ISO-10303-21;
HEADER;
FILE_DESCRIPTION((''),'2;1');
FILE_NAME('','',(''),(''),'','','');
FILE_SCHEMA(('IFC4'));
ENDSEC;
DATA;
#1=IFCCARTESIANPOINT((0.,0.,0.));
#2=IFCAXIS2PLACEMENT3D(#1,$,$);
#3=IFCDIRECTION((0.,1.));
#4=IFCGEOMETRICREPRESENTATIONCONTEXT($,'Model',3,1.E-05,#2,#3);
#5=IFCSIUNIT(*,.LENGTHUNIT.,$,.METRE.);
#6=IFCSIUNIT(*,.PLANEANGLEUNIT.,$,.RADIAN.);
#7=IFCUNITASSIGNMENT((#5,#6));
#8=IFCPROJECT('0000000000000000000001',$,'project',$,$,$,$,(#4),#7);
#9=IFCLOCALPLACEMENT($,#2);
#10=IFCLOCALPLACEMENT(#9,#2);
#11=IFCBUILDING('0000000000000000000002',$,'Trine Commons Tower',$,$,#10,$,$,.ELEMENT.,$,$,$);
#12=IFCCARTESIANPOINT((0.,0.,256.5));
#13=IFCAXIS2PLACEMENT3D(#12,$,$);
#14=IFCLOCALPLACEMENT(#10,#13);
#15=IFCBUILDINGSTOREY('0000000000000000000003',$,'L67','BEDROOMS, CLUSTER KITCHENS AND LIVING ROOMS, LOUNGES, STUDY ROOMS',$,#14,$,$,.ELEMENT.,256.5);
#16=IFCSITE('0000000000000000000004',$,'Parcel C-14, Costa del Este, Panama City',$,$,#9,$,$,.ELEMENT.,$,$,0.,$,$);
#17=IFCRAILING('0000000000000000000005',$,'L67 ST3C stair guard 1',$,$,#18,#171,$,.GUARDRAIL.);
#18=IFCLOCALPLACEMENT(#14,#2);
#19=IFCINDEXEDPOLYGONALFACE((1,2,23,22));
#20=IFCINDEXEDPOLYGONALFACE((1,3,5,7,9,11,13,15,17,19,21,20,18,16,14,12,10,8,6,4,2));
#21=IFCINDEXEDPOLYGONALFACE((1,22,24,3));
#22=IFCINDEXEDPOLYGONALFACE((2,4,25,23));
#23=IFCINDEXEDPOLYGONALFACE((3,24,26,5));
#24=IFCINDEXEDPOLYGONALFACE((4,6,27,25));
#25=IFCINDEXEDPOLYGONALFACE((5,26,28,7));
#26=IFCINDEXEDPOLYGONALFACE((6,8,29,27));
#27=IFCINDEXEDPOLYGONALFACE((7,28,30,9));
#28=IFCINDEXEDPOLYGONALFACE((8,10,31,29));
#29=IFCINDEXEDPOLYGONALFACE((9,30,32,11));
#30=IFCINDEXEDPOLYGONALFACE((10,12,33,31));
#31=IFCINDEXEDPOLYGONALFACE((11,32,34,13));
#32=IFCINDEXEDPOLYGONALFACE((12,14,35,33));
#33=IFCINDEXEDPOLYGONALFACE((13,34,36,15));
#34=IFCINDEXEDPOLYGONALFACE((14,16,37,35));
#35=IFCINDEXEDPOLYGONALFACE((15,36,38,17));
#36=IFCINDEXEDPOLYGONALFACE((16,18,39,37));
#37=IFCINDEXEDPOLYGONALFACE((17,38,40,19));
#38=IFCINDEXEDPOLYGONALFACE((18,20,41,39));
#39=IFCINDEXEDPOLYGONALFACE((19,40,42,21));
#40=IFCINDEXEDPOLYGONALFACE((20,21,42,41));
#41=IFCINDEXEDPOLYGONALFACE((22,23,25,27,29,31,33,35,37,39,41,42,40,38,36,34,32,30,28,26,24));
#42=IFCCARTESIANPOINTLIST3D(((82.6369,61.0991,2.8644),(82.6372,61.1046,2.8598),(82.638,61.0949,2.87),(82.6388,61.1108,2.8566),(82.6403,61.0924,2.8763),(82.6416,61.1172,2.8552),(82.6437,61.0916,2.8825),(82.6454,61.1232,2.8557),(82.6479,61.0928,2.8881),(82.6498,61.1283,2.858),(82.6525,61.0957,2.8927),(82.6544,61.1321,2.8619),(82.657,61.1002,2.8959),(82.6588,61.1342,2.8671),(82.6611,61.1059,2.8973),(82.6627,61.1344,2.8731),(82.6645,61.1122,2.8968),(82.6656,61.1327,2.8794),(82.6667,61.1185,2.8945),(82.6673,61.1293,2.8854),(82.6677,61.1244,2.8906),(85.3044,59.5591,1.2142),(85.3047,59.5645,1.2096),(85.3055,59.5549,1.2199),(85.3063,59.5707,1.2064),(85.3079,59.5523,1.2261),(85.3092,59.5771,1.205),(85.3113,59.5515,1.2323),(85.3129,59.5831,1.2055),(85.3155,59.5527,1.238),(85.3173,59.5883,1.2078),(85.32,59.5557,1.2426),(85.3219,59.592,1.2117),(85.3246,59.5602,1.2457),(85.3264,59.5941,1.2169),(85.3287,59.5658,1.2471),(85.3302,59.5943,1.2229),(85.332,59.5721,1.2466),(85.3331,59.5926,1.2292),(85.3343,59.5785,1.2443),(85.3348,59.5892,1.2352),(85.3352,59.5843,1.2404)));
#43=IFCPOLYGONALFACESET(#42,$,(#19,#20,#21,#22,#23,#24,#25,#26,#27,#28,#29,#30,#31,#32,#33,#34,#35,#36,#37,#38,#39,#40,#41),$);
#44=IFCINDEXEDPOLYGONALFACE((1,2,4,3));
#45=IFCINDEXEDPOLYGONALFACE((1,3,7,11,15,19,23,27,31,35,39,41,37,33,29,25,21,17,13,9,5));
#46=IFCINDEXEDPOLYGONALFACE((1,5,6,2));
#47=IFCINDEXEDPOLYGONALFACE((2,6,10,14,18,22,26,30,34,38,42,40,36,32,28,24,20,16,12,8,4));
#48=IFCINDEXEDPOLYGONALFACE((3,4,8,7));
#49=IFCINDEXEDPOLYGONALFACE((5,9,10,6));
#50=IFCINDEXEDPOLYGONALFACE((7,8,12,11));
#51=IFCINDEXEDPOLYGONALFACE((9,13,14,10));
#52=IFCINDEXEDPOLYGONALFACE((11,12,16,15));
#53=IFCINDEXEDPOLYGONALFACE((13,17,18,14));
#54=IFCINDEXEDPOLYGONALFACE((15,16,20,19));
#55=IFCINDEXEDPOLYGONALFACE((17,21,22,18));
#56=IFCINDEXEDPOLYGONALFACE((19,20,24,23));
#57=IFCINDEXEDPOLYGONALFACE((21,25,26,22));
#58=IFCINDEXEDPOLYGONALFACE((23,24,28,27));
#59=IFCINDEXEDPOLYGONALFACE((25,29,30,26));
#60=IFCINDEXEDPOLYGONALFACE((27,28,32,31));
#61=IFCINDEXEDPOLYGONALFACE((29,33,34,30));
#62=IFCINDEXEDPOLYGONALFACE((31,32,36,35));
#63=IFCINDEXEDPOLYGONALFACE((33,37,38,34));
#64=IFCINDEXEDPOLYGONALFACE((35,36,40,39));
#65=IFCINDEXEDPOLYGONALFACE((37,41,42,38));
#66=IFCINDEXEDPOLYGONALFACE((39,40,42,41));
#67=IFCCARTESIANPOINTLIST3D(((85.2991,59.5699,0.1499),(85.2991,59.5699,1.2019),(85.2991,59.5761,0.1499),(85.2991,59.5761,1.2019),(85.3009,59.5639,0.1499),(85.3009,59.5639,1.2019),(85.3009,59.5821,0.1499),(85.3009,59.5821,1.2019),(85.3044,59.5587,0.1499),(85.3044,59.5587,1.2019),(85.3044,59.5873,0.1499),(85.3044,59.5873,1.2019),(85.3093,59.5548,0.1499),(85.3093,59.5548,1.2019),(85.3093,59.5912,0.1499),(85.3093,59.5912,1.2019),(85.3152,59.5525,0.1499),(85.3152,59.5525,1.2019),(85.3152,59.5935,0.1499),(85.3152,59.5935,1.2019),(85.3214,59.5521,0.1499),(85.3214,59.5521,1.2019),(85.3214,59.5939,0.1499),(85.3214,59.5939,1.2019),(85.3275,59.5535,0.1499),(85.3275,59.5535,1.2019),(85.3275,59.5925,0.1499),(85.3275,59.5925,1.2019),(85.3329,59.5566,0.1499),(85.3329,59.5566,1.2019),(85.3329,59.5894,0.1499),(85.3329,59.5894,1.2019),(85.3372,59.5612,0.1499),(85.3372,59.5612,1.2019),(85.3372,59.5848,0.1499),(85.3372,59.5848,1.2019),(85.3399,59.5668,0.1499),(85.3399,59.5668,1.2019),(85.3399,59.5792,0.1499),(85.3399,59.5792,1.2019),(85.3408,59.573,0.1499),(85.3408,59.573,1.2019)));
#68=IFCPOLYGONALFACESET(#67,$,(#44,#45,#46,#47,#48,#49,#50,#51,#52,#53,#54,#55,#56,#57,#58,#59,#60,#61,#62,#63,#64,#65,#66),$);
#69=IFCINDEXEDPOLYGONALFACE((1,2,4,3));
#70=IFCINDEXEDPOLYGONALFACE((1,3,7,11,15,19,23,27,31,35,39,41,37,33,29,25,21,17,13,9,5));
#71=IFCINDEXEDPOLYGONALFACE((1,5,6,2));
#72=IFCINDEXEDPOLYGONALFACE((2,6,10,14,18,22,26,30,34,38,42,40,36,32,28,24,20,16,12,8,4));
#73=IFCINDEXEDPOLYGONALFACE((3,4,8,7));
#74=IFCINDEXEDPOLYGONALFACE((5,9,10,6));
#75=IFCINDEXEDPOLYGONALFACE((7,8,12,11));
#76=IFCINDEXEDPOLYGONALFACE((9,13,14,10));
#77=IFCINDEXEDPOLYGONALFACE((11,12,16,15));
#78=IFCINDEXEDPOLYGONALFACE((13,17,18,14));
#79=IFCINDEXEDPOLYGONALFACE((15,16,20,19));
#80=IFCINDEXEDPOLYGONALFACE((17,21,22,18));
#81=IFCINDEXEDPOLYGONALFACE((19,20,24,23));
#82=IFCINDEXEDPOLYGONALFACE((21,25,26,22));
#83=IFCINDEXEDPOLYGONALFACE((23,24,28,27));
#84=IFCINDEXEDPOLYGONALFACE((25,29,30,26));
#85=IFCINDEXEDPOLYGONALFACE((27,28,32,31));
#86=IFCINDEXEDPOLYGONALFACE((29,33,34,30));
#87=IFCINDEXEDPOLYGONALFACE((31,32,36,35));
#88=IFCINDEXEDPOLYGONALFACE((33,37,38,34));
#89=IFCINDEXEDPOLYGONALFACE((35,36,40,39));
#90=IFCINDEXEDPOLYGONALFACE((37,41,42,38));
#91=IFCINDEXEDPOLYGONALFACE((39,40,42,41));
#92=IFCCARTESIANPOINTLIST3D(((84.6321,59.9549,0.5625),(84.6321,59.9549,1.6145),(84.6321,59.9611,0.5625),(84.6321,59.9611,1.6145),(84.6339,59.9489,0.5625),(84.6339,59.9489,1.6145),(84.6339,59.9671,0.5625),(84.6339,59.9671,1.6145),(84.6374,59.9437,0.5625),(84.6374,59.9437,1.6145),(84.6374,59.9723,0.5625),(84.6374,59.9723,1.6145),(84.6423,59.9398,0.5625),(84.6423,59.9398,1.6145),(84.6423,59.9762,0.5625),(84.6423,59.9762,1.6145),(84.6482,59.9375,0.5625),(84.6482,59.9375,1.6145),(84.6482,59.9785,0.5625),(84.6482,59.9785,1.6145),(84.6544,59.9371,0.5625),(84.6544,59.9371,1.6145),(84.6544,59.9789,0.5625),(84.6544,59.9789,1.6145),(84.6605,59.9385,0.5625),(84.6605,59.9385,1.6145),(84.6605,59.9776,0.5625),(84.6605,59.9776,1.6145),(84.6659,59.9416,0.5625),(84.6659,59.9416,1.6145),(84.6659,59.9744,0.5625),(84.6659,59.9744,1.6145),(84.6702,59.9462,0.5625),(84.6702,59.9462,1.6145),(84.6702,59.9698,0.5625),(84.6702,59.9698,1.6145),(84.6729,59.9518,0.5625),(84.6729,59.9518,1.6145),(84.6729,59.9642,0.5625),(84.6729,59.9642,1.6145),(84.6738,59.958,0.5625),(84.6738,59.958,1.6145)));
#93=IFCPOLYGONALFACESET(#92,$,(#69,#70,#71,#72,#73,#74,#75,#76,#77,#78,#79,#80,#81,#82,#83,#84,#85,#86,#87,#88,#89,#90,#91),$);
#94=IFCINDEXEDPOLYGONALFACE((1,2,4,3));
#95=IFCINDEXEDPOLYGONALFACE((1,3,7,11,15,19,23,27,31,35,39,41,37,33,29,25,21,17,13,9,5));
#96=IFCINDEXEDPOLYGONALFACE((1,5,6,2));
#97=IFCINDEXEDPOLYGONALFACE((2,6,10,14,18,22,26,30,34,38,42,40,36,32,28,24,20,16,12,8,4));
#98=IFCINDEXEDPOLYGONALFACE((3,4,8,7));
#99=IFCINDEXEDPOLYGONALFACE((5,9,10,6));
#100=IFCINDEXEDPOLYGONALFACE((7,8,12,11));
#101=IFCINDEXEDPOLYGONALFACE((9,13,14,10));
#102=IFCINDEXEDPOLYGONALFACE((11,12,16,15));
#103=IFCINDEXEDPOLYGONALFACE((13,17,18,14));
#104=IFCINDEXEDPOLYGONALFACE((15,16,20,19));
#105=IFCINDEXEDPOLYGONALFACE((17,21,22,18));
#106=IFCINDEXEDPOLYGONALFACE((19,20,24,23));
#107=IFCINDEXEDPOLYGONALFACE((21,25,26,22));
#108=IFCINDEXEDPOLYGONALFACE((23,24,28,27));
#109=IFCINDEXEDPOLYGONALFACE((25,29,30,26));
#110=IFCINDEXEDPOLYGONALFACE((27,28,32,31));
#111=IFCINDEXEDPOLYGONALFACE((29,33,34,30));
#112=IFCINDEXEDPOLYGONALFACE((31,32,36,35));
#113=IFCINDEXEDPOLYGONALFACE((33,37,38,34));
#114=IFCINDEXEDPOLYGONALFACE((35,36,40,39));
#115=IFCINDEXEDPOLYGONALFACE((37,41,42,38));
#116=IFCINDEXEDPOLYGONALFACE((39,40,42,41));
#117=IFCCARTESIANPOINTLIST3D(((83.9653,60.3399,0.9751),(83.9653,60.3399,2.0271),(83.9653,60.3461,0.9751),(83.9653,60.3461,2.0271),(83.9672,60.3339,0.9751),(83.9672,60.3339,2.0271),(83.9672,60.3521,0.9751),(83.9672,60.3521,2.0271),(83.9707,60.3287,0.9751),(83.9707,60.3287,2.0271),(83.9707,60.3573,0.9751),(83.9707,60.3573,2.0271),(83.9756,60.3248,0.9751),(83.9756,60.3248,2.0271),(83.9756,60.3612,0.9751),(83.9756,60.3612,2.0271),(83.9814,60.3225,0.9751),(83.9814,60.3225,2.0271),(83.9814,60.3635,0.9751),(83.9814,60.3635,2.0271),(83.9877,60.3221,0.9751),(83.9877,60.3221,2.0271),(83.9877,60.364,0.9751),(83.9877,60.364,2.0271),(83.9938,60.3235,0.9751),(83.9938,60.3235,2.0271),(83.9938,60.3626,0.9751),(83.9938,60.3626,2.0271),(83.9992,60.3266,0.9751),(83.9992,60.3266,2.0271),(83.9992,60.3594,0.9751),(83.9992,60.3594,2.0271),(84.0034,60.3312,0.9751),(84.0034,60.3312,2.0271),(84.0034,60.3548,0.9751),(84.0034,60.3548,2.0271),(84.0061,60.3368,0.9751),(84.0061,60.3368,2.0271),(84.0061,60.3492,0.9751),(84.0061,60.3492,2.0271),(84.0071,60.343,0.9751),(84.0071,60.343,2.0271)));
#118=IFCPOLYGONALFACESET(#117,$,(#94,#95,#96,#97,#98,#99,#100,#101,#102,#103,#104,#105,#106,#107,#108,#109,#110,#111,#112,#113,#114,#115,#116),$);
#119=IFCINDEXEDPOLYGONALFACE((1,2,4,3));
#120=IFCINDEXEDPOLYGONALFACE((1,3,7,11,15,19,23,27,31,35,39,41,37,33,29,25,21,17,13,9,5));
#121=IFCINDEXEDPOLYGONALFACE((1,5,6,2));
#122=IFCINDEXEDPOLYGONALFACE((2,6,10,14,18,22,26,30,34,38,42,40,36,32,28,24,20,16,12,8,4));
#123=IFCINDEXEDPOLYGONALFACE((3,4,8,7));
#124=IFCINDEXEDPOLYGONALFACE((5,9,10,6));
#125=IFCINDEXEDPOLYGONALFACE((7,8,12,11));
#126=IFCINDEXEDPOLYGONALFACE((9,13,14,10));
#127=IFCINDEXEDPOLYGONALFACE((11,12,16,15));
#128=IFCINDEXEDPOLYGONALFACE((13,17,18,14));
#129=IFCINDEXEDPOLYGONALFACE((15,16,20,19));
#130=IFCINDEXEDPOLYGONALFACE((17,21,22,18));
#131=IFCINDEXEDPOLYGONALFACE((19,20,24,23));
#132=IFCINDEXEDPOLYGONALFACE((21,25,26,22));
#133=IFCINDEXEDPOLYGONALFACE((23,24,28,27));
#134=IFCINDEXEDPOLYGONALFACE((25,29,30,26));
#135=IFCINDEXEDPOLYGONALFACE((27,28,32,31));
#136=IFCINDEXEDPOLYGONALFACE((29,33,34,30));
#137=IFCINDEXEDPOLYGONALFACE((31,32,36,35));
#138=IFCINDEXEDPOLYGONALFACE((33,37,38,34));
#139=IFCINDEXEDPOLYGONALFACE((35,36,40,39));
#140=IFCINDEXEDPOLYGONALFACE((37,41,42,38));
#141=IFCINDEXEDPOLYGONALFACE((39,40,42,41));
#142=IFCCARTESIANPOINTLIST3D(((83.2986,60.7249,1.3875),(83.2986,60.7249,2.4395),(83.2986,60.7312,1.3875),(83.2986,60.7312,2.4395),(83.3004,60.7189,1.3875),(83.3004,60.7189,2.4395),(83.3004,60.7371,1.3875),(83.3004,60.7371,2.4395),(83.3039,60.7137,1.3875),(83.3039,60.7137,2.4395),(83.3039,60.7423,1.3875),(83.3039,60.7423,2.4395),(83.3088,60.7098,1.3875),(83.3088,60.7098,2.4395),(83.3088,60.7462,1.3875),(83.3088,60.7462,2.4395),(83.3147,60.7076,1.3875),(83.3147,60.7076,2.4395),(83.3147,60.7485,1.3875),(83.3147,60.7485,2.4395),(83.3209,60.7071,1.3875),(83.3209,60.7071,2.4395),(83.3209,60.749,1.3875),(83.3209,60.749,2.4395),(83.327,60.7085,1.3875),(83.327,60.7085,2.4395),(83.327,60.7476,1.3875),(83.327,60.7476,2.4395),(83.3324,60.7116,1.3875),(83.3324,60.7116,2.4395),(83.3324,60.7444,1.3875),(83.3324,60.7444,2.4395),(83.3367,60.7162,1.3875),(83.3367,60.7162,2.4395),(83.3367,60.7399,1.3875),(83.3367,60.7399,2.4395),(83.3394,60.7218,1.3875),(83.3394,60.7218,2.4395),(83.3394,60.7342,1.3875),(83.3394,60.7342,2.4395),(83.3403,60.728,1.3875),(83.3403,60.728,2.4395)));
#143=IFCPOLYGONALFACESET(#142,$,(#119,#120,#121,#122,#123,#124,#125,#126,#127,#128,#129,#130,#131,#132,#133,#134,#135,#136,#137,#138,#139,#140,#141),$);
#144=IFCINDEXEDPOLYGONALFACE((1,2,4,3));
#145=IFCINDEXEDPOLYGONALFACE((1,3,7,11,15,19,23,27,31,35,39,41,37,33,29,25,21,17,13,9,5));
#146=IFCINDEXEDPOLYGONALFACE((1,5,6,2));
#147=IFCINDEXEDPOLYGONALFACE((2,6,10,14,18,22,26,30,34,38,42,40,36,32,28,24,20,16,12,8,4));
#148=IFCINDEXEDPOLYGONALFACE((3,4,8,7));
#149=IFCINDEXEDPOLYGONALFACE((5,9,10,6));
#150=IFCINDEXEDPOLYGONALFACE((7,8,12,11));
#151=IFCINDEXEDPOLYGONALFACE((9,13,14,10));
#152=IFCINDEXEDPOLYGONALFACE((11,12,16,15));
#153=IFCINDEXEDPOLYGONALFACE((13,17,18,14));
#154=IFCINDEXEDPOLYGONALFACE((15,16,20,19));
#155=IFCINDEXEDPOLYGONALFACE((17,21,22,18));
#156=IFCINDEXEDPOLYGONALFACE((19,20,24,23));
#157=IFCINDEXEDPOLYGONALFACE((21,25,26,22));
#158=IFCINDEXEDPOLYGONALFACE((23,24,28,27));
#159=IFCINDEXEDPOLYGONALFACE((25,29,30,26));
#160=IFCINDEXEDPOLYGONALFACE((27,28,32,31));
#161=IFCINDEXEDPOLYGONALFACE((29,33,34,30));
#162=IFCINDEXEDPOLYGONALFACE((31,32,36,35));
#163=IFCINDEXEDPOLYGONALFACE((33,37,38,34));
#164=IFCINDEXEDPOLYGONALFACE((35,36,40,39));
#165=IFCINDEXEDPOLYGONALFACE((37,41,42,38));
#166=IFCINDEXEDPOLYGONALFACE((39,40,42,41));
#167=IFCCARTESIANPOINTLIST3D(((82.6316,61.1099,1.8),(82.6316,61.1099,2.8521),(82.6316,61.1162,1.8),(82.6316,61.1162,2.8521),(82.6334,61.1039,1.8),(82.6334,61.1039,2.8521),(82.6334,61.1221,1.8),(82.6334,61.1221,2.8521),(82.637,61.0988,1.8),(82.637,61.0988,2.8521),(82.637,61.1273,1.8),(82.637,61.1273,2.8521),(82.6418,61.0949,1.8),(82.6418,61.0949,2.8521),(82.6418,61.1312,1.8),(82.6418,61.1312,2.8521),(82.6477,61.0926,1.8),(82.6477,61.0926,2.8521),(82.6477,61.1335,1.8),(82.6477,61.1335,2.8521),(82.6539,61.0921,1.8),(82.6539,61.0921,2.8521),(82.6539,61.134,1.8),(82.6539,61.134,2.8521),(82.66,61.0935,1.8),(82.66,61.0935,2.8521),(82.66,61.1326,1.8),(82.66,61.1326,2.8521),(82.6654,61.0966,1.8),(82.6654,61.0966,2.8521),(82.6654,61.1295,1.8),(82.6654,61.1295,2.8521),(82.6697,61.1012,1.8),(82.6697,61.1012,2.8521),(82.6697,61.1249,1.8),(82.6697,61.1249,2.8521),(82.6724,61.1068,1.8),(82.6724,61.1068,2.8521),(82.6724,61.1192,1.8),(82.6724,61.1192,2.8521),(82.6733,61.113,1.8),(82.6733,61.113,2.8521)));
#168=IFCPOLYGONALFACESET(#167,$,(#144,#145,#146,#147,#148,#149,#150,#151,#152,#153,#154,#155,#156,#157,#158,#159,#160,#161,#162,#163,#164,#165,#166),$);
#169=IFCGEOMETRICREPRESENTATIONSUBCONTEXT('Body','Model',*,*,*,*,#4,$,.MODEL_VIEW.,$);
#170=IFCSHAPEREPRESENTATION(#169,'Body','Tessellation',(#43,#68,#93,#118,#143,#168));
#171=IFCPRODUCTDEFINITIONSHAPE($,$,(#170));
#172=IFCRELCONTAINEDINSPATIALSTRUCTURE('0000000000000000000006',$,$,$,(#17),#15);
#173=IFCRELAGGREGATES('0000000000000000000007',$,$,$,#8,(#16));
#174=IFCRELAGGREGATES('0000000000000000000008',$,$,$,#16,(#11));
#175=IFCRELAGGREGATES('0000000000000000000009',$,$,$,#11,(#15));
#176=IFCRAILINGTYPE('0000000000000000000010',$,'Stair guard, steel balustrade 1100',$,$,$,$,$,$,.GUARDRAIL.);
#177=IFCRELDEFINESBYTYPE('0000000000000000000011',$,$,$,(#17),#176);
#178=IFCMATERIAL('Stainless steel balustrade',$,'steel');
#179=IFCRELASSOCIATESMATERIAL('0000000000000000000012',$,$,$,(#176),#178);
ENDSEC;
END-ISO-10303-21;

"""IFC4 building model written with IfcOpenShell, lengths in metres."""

from ifc_helpers import new_model, si_unit, direction, frame, origin, origin_2d, place, context, subcontext, project, spatial, circle, extrude, material, type_object, element, save


model = new_model("IFC4")

# Units and contexts
model_context = context("Model", 3, precision=1e-05, world=origin(), true_north=direction((0.0, 1.0)))
body_context = subcontext(model_context, "Body", "Model", "MODEL_VIEW")
ifc_project = project(units=[si_unit("LENGTHUNIT", "METRE"), si_unit("PLANEANGLEUNIT", "RADIAN")], contexts=[model_context])

# Site, building, storey
site_placement = place(None, origin())
site = spatial("IfcSite", under=ifc_project, at=site_placement, Name="Parcel C-14, Costa del Este, Panama City", CompositionType="ELEMENT", RefElevation=0.0)
building_placement = place(site_placement, origin())
building = spatial("IfcBuilding", under=site, at=building_placement, Name="Trine Commons Tower", CompositionType="ELEMENT")
storey_placement = place(building_placement, frame((0.0, 0.0, 256.5)))
storey = spatial("IfcBuildingStorey", under=building, at=storey_placement, Name="L67", Description="BEDROOMS, CLUSTER KITCHENS AND LIVING ROOMS, LOUNGES, STUDY ROOMS", CompositionType="ELEMENT", Elevation=256.5)

# Railing
ifc_material_1 = material(Name="Stainless steel balustrade", Category="steel")
railing_type_1 = type_object("IfcRailingType", Name="Stair guard, steel balustrade 1100", PredefinedType="GUARDRAIL", material=ifc_material_1)
railing_1_placement = place(storey_placement, frame((85.3198, 59.573, 0.1499)))
element("IfcRailing", 1, at=railing_1_placement, inside=storey, type_object=railing_type_1, Name="L67 ST3C stair guard 1", PredefinedType="GUARDRAIL", context=body_context, shape_type="SweptSolid", body=[
    extrude(circle(Radius=0.0239, at=origin_2d()), frame((0.0, 0.0, 1.0762), z_axis=(-0.76338, 0.440728, 0.472239), x_axis=(-0.499992, -0.86603, 0.0)), (0.0, 0.0, 1.0), 3.4944),
    extrude(circle(Radius=0.021, at=origin_2d()), origin(), (0.0, 0.0, 1.0), 1.052),
    extrude(circle(Radius=0.021, at=origin_2d()), frame((-0.667, 0.385, 0.4126)), (0.0, 0.0, 1.0), 1.052),
    extrude(circle(Radius=0.021, at=origin_2d()), frame((-1.3337, 0.77, 0.8252)), (0.0, 0.0, 1.0), 1.052),
    extrude(circle(Radius=0.021, at=origin_2d()), frame((-2.0005, 1.155, 1.2375)), (0.0, 0.0, 1.0), 1.052),
    extrude(circle(Radius=0.021, at=origin_2d()), frame((-2.6675, 1.54, 1.6501)), (0.0, 0.0, 1.0), 1.052),
])

save(model, "model.ifc")
